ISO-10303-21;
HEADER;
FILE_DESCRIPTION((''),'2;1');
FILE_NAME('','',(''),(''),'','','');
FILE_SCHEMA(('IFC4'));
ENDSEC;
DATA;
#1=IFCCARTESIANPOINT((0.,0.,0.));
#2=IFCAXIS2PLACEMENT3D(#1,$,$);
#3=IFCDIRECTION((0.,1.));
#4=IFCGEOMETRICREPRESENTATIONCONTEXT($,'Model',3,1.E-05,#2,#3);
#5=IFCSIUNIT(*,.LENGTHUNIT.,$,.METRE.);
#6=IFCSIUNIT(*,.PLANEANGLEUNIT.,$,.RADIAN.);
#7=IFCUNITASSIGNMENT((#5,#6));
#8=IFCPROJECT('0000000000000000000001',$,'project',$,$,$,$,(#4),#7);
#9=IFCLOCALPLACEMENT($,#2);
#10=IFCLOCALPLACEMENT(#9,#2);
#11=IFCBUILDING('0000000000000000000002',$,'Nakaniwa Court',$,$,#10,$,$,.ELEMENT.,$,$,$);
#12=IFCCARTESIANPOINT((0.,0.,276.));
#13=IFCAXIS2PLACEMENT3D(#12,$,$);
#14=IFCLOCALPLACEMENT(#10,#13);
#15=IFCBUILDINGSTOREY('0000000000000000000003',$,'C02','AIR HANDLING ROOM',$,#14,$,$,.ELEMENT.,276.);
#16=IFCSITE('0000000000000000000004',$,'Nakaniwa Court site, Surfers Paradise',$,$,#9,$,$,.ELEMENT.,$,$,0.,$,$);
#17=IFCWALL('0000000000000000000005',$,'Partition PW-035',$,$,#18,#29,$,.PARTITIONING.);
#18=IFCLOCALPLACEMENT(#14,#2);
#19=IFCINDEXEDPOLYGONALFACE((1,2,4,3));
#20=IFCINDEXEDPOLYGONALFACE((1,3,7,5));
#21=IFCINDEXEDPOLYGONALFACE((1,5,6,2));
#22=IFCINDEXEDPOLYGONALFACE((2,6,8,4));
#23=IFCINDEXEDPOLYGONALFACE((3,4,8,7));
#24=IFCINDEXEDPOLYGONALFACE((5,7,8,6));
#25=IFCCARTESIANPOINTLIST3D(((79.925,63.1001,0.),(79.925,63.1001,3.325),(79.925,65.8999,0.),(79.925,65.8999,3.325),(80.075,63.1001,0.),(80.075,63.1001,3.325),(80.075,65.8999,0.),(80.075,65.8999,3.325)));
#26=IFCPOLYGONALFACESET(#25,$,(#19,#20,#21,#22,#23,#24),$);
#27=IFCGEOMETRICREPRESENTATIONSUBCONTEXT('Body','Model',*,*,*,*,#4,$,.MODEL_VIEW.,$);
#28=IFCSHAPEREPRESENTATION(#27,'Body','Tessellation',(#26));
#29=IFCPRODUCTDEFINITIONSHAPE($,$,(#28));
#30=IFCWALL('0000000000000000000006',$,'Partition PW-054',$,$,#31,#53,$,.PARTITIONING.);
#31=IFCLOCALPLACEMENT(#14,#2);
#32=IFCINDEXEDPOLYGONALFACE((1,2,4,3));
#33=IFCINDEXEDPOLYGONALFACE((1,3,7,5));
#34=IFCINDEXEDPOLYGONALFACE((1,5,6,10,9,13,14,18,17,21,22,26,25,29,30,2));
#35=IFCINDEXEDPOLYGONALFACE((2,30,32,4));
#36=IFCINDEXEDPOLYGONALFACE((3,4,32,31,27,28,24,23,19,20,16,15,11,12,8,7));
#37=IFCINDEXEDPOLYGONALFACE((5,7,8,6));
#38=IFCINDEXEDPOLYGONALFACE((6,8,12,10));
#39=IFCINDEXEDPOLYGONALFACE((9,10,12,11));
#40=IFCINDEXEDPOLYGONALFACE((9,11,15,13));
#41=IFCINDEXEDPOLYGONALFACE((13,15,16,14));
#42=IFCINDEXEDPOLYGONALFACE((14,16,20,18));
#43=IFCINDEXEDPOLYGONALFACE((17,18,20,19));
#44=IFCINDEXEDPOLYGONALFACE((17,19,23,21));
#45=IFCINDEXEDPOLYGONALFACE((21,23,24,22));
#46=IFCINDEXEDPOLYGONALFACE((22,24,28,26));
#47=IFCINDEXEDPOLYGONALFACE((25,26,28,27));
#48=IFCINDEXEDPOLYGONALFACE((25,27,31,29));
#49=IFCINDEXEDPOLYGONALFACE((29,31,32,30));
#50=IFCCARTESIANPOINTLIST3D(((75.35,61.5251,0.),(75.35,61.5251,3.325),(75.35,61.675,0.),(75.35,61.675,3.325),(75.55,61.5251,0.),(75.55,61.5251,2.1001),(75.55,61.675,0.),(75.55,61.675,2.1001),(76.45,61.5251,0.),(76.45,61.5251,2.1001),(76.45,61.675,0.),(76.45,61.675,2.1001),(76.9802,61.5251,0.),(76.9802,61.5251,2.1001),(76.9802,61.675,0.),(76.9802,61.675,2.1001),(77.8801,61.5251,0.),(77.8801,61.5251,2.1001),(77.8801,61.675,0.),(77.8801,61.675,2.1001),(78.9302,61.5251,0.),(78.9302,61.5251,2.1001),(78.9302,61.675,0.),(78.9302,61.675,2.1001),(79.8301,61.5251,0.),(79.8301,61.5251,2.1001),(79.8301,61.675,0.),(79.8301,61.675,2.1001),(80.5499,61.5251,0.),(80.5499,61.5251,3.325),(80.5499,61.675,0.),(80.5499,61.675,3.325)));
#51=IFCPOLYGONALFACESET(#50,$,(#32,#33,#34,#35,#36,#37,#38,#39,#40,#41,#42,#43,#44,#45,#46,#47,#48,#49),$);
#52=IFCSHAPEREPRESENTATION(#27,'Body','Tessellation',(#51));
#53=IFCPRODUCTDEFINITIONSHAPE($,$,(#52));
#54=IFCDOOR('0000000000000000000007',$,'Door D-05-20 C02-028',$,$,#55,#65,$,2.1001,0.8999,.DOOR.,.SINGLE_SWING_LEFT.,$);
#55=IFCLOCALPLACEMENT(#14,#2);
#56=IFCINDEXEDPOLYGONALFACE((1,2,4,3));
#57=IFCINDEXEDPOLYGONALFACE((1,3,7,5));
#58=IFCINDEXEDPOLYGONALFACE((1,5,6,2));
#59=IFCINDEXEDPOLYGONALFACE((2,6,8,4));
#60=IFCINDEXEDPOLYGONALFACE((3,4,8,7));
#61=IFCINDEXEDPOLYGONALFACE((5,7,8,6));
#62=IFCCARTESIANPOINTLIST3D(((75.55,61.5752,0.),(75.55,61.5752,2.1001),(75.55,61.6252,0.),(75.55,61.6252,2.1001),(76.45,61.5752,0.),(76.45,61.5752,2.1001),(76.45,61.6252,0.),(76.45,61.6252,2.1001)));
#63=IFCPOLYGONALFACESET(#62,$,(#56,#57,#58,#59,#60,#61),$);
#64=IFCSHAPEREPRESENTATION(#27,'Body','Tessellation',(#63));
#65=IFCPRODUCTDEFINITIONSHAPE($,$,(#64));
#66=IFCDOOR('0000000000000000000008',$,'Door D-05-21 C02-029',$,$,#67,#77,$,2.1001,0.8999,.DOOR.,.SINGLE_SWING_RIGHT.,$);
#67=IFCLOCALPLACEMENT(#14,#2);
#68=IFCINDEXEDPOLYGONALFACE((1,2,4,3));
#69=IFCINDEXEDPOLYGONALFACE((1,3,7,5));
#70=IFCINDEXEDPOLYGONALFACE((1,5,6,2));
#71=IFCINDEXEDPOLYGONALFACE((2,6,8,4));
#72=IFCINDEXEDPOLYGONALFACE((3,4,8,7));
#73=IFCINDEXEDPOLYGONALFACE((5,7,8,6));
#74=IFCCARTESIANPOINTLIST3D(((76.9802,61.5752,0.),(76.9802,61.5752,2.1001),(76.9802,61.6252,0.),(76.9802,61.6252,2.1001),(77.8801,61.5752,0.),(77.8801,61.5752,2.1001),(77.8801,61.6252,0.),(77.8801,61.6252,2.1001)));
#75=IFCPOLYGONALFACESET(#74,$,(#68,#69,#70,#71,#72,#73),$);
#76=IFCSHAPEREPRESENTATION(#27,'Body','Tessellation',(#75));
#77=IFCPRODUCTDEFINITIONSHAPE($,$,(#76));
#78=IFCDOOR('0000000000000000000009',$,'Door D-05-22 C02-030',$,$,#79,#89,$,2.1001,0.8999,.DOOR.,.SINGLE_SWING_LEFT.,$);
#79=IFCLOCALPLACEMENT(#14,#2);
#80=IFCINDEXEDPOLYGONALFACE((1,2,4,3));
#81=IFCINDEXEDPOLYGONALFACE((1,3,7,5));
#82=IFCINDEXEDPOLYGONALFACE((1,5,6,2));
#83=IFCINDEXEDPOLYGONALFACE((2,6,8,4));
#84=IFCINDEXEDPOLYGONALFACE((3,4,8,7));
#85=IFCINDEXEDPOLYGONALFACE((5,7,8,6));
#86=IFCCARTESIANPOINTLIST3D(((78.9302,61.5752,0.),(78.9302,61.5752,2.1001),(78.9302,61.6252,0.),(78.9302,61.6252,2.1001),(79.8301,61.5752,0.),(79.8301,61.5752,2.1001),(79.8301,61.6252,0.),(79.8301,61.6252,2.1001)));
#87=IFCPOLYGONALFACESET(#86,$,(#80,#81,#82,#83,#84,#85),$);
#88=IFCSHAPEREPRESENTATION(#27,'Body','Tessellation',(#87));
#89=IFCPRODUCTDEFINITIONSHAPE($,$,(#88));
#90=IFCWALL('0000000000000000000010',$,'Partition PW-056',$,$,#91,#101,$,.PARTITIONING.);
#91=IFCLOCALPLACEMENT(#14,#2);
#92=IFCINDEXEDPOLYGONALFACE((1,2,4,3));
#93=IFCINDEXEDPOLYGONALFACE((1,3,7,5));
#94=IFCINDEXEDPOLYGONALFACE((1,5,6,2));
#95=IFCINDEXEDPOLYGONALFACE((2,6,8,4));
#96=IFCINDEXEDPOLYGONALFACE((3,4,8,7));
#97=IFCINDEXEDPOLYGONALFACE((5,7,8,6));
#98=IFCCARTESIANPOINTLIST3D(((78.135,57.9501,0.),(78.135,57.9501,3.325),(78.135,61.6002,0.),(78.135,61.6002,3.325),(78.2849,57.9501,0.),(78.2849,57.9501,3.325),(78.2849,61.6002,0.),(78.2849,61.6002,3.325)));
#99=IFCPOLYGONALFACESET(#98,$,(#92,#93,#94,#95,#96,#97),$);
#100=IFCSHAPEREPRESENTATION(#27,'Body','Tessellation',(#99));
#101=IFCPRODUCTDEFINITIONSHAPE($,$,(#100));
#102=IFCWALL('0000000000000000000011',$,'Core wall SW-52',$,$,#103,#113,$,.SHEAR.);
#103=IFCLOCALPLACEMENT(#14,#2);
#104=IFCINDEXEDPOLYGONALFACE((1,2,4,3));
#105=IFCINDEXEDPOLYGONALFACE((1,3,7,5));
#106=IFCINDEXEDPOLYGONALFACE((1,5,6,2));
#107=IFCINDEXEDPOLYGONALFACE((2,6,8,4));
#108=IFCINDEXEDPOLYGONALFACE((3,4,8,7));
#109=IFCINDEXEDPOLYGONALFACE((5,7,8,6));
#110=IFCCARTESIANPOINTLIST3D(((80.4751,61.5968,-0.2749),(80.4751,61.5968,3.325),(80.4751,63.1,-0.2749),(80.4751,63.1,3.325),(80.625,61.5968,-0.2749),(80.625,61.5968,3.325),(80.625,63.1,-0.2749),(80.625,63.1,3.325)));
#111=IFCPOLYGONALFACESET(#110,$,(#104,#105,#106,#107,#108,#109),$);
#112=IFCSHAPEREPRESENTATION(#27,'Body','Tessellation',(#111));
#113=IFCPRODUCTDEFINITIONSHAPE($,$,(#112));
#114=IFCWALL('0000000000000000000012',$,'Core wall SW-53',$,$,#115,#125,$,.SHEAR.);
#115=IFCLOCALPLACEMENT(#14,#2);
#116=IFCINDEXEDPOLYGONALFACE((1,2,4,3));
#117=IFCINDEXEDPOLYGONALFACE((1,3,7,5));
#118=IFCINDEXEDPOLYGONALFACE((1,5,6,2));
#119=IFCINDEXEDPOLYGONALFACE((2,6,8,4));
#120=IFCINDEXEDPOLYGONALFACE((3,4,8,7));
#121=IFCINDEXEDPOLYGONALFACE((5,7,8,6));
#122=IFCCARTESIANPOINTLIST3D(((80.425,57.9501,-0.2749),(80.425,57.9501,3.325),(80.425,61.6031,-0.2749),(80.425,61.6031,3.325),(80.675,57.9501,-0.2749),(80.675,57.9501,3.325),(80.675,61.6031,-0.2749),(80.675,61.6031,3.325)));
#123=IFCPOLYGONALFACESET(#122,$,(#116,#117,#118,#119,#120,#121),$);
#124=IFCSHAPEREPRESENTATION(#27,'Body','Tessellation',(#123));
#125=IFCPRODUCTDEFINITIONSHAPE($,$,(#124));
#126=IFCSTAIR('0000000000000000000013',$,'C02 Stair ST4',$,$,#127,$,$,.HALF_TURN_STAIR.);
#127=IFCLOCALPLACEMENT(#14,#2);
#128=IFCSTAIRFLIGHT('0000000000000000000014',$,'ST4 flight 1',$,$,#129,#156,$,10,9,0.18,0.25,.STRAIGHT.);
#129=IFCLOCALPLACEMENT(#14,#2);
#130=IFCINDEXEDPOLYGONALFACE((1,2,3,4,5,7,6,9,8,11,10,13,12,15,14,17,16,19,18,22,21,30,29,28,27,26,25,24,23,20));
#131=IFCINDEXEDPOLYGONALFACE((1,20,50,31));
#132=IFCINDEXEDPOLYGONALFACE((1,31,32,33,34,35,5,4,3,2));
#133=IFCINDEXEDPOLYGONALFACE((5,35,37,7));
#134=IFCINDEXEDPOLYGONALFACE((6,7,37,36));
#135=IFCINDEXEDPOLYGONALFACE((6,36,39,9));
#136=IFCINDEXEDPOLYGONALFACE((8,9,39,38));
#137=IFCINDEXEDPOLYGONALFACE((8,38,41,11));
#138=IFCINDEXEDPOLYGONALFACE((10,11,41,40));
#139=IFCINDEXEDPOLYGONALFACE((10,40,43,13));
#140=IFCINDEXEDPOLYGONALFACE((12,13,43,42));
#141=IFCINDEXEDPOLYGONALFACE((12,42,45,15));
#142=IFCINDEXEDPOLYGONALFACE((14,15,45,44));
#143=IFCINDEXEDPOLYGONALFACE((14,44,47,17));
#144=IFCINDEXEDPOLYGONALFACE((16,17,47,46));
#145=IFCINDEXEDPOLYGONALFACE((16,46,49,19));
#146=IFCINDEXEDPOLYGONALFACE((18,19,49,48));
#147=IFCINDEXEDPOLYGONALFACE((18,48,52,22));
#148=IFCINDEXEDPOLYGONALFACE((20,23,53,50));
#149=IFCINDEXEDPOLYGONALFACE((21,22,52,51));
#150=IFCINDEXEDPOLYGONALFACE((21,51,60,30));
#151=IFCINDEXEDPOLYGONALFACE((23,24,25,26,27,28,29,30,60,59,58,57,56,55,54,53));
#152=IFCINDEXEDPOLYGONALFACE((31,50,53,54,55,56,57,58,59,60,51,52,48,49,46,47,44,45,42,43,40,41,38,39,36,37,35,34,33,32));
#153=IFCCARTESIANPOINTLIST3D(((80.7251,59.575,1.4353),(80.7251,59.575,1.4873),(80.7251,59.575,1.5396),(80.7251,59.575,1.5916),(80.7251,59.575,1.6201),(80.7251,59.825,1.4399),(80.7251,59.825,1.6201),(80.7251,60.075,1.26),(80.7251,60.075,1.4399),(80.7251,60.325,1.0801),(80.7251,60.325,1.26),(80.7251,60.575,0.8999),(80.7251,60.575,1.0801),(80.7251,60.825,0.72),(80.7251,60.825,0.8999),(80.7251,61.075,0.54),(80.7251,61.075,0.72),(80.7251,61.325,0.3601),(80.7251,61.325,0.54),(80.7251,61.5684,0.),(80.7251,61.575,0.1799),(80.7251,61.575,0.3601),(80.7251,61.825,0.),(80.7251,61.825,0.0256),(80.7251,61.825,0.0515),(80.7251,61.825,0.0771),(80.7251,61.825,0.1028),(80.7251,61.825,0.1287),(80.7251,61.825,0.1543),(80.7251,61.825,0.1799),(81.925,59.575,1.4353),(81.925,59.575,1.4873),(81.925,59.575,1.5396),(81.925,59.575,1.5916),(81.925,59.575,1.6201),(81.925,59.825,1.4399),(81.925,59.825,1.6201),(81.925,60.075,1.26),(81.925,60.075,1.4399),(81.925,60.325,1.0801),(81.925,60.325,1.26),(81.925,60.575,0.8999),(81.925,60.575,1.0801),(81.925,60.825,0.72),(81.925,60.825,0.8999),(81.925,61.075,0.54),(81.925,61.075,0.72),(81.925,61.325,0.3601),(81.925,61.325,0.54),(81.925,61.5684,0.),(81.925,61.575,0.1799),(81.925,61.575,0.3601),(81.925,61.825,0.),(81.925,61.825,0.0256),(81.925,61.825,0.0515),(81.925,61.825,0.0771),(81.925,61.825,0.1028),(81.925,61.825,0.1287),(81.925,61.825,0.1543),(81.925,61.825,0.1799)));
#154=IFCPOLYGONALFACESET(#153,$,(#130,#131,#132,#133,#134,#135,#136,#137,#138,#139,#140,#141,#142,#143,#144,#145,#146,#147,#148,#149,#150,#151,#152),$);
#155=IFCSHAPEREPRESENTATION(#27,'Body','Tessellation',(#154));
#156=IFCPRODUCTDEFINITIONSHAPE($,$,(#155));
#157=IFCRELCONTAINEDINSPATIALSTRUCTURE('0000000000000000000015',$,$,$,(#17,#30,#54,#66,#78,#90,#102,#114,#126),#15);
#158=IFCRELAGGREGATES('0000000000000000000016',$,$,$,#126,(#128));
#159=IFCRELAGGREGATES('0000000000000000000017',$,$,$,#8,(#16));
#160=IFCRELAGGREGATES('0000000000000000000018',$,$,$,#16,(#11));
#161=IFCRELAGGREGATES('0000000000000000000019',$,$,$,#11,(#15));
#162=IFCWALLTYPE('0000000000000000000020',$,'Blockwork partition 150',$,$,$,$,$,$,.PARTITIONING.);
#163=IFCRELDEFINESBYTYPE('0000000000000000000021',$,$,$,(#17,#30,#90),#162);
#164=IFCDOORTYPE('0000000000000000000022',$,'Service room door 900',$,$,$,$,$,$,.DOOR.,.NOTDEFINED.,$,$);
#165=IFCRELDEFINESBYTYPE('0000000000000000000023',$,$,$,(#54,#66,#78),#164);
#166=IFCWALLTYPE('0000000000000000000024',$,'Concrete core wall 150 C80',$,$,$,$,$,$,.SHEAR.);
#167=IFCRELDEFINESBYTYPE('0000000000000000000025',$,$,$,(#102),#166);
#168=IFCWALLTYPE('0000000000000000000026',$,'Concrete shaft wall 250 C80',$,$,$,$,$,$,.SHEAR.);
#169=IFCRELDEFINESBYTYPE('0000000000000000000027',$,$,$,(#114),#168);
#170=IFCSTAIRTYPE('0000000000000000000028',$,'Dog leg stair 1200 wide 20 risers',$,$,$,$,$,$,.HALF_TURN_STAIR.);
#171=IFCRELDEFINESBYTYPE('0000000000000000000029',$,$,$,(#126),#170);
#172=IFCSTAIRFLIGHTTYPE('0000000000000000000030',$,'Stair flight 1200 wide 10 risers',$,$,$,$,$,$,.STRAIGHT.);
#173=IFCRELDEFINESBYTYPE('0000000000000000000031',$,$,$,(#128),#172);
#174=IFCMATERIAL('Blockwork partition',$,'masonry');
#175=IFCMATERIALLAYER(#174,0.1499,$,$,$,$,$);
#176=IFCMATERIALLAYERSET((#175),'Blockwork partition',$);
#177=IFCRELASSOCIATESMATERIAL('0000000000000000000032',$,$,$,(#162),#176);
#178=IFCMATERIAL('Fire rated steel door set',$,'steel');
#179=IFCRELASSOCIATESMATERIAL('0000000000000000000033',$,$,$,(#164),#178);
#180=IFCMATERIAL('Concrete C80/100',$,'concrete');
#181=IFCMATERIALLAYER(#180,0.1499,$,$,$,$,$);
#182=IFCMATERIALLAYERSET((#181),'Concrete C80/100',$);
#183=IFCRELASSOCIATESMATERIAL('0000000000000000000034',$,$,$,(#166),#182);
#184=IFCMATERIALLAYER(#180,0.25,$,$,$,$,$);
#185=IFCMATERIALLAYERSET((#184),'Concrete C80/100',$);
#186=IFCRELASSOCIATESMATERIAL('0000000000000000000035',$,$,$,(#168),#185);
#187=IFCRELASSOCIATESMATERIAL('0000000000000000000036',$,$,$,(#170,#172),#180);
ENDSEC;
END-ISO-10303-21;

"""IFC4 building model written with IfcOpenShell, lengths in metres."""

from ifc_helpers import new_model, si_unit, direction, frame, frame_2d, origin, place, context, subcontext, project, spatial, polyline, rectangle, outline, extrude, material, layer, layer_set, type_object, element, fill, aggregate, save


model = new_model("IFC4")

# Units and contexts
model_context = context("Model", 3, precision=1e-05, world=origin(), true_north=direction((0.0, 1.0)))
body_context = subcontext(model_context, "Body", "Model", "MODEL_VIEW")
ifc_project = project(units=[si_unit("LENGTHUNIT", "METRE"), si_unit("PLANEANGLEUNIT", "RADIAN")], contexts=[model_context])

# Site, building, storey
site_placement = place(None, origin())
site = spatial("IfcSite", under=ifc_project, at=site_placement, Name="Nakaniwa Court site, Surfers Paradise", CompositionType="ELEMENT", RefElevation=0.0)
building_placement = place(site_placement, origin())
building = spatial("IfcBuilding", under=site, at=building_placement, Name="Nakaniwa Court", CompositionType="ELEMENT")
storey_placement = place(building_placement, frame((0.0, 0.0, 276.0)))
storey = spatial("IfcBuildingStorey", under=building, at=storey_placement, Name="C02", Description="AIR HANDLING ROOM", CompositionType="ELEMENT", Elevation=276.0)

# Wall
ifc_material_1 = material(Name="Blockwork partition", Category="masonry")
ifc_layer_1 = layer(ifc_material_1, 0.1499)
ifc_layer_set_1 = layer_set([ifc_layer_1], Name="Blockwork partition")
wall_type_1 = type_object("IfcWallType", Name="Blockwork partition 150", PredefinedType="PARTITIONING", material=ifc_layer_set_1)
wall_1_placement = place(storey_placement, frame((80.0, 63.1001, 0.0), z_axis=(0.0, 0.0, 1.0), x_axis=(0.0, 1.0, 0.0)))
element("IfcWall", 1, at=wall_1_placement, inside=storey, type_object=wall_type_1, Name="Partition PW-035", PredefinedType="PARTITIONING", context=body_context, shape_type="SweptSolid", body=[
    extrude(rectangle(XDim=2.7998, YDim=0.1499, at=frame_2d((1.3999, 0.0))), origin(), (0.0, 0.0, 1.0), 3.325),
])

# Wall, openings, doors
wall_2_placement = place(storey_placement, frame((80.55, 61.6001, 0.0), z_axis=(0.0, 0.0, 1.0), x_axis=(-1.0, 0.0, 0.0)))
wall_2 = element("IfcWall", 2, at=wall_2_placement, inside=storey, type_object=wall_type_1, Name="Partition PW-054", PredefinedType="PARTITIONING", context=body_context, shape_type="SweptSolid", body=[
    extrude(rectangle(XDim=5.2, YDim=0.1499, at=frame_2d((2.6001, 0.0))), origin(), (0.0, 0.0, 1.0), 3.325),
])
opening_1_placement = place(wall_2_placement, frame((4.1001, 0.0, 0.0)))
opening_1 = element("IfcOpeningElement", 3, at=opening_1_placement, cuts=wall_2, PredefinedType="OPENING", context=body_context, shape_type="SweptSolid", body=[
    extrude(rectangle(XDim=0.8999, YDim=2.1001, at=frame_2d((0.45, 1.05))), frame((0.0, 0.085, 0.0), z_axis=(0.0, -1.0, 0.0), x_axis=(1.0, 0.0, 0.0)), (0.0, 0.0, 1.0), 0.1699),
])
opening_2_placement = place(wall_2_placement, frame((2.6699, 0.0, 0.0)))
opening_2 = element("IfcOpeningElement", 4, at=opening_2_placement, cuts=wall_2, PredefinedType="OPENING", context=body_context, shape_type="SweptSolid", body=[
    extrude(rectangle(XDim=0.8999, YDim=2.1001, at=frame_2d((0.45, 1.05))), frame((0.0, 0.085, 0.0), z_axis=(0.0, -1.0, 0.0), x_axis=(1.0, 0.0, 0.0)), (0.0, 0.0, 1.0), 0.1699),
])
opening_3_placement = place(wall_2_placement, frame((0.72, 0.0, 0.0)))
opening_3 = element("IfcOpeningElement", 5, at=opening_3_placement, cuts=wall_2, PredefinedType="OPENING", context=body_context, shape_type="SweptSolid", body=[
    extrude(rectangle(XDim=0.8999, YDim=2.1001, at=frame_2d((0.45, 1.05))), frame((0.0, 0.085, 0.0), z_axis=(0.0, -1.0, 0.0), x_axis=(1.0, 0.0, 0.0)), (0.0, 0.0, 1.0), 0.1699),
])
ifc_material_2 = material(Name="Fire rated steel door set", Category="steel")
door_type = type_object("IfcDoorType", Name="Service room door 900", OperationType="NOTDEFINED", PredefinedType="DOOR", material=ifc_material_2)
door_1_placement = place(opening_1_placement, origin())
door_1 = element("IfcDoor", 6, at=door_1_placement, inside=storey, type_object=door_type, Name="Door D-05-20 C02-028", OperationType="SINGLE_SWING_LEFT", OverallHeight=2.1001, OverallWidth=0.8999, PredefinedType="DOOR", context=body_context, shape_type="SweptSolid", body=[
    extrude(rectangle(XDim=0.8999, YDim=2.1001, at=frame_2d((0.45, 1.05))), frame((0.0, 0.0249, 0.0), z_axis=(0.0, -1.0, 0.0), x_axis=(1.0, 0.0, 0.0)), (0.0, 0.0, 1.0), 0.05),
])
fill(opening_1, door_1)
door_2_placement = place(opening_2_placement, origin())
door_2 = element("IfcDoor", 7, at=door_2_placement, inside=storey, type_object=door_type, Name="Door D-05-21 C02-029", OperationType="SINGLE_SWING_RIGHT", OverallHeight=2.1001, OverallWidth=0.8999, PredefinedType="DOOR", context=body_context, shape_type="SweptSolid", body=[
    extrude(rectangle(XDim=0.8999, YDim=2.1001, at=frame_2d((0.45, 1.05))), frame((0.0, 0.0249, 0.0), z_axis=(0.0, -1.0, 0.0), x_axis=(1.0, 0.0, 0.0)), (0.0, 0.0, 1.0), 0.05),
])
fill(opening_2, door_2)
door_3_placement = place(opening_3_placement, origin())
door_3 = element("IfcDoor", 8, at=door_3_placement, inside=storey, type_object=door_type, Name="Door D-05-22 C02-030", OperationType="SINGLE_SWING_LEFT", OverallHeight=2.1001, OverallWidth=0.8999, PredefinedType="DOOR", context=body_context, shape_type="SweptSolid", body=[
    extrude(rectangle(XDim=0.8999, YDim=2.1001, at=frame_2d((0.45, 1.05))), frame((0.0, 0.0249, 0.0), z_axis=(0.0, -1.0, 0.0), x_axis=(1.0, 0.0, 0.0)), (0.0, 0.0, 1.0), 0.05),
])
fill(opening_3, door_3)

# Walls
wall_3_placement = place(storey_placement, frame((78.21, 57.95, 0.0), z_axis=(0.0, 0.0, 1.0), x_axis=(0.0, 1.0, 0.0)))
element("IfcWall", 9, at=wall_3_placement, inside=storey, type_object=wall_type_1, Name="Partition PW-056", PredefinedType="PARTITIONING", context=body_context, shape_type="SweptSolid", body=[
    extrude(rectangle(XDim=3.6501, YDim=0.1499, at=frame_2d((1.8252, 0.0))), origin(), (0.0, 0.0, 1.0), 3.325),
])
ifc_material_3 = material(Name="Concrete C80/100", Category="concrete")
ifc_layer_2 = layer(ifc_material_3, 0.1499)
ifc_layer_set_2 = layer_set([ifc_layer_2], Name="Concrete C80/100")
wall_type_2 = type_object("IfcWallType", Name="Concrete core wall 150 C80", PredefinedType="SHEAR", material=ifc_layer_set_2)
wall_4_placement = place(storey_placement, frame((80.55, 61.5969, -0.2749), z_axis=(0.0, 0.0, 1.0), x_axis=(0.0, 1.0, 0.0)))
element("IfcWall", 10, at=wall_4_placement, inside=storey, type_object=wall_type_2, Name="Core wall SW-52", PredefinedType="SHEAR", context=body_context, shape_type="SweptSolid", body=[
    extrude(rectangle(XDim=1.5032, YDim=0.1499, at=frame_2d((0.7515, 0.0))), origin(), (0.0, 0.0, 1.0), 3.5999),
])
ifc_layer_3 = layer(ifc_material_3, 0.25)
ifc_layer_set_3 = layer_set([ifc_layer_3], Name="Concrete C80/100")
wall_type_3 = type_object("IfcWallType", Name="Concrete shaft wall 250 C80", PredefinedType="SHEAR", material=ifc_layer_set_3)
wall_5_placement = place(storey_placement, frame((80.55, 57.95, -0.2749), z_axis=(0.0, 0.0, 1.0), x_axis=(0.0, 1.0, 0.0)))
element("IfcWall", 11, at=wall_5_placement, inside=storey, type_object=wall_type_3, Name="Core wall SW-53", PredefinedType="SHEAR", context=body_context, shape_type="SweptSolid", body=[
    extrude(rectangle(XDim=3.6531, YDim=0.25, at=frame_2d((1.8267, 0.0))), origin(), (0.0, 0.0, 1.0), 3.5999),
])

# Stair, stair flight
stair_type = type_object("IfcStairType", Name="Dog leg stair 1200 wide 20 risers", PredefinedType="HALF_TURN_STAIR", material=ifc_material_3)
stair_placement = place(storey_placement, origin())
stair = element("IfcStair", 12, at=stair_placement, inside=storey, type_object=stair_type, Name="C02 Stair ST4", PredefinedType="HALF_TURN_STAIR")
stair_flight_type = type_object("IfcStairFlightType", Name="Stair flight 1200 wide 10 risers", PredefinedType="STRAIGHT", material=ifc_material_3)
stair_flight_1_placement = place(storey_placement, frame((81.325, 61.825, 0.0), z_axis=(0.0, 0.0, 1.0), x_axis=(0.0, -1.0, 0.0)))
stair_flight_1 = element("IfcStairFlight", 13, at=stair_flight_1_placement, type_object=stair_flight_type, Name="ST4 flight 1", NumberOfRisers=10, NumberOfTreads=9, PredefinedType="STRAIGHT", RiserHeight=0.18, TreadLength=0.25, context=body_context, shape_type="SweptSolid", body=[
    extrude(outline(polyline([(0.0, 0.0), (0.0, 0.0256), (0.0, 0.0515), (0.0, 0.0771), (0.0, 0.1028), (0.0, 0.1287), (0.0, 0.1543), (0.0, 0.1799), (0.25, 0.1799), (0.25, 0.3601), (0.5, 0.3601), (0.5, 0.54), (0.75, 0.54), (0.75, 0.72), (1.0, 0.72), (1.0, 0.8999), (1.25, 0.8999), (1.25, 1.0801), (1.5, 1.0801), (1.5, 1.26), (1.75, 1.26), (1.75, 1.4399), (2.0, 1.4399), (2.0, 1.6201), (2.25, 1.6201), (2.25, 1.8), (2.25, 1.7478), (2.25, 1.6958), (2.25, 1.6438), (2.25, 1.5916), (2.25, 1.5396), (2.25, 1.4873), (2.25, 1.4353), (0.2566, 0.0), (0.0, 0.0)])), frame((0.0, 0.6001, 0.0), z_axis=(0.0, -1.0, 0.0), x_axis=(1.0, 0.0, 0.0)), (0.0, 0.0, 1.0), 1.2),
])
aggregate(stair, [stair_flight_1])

save(model, "model.ifc")
